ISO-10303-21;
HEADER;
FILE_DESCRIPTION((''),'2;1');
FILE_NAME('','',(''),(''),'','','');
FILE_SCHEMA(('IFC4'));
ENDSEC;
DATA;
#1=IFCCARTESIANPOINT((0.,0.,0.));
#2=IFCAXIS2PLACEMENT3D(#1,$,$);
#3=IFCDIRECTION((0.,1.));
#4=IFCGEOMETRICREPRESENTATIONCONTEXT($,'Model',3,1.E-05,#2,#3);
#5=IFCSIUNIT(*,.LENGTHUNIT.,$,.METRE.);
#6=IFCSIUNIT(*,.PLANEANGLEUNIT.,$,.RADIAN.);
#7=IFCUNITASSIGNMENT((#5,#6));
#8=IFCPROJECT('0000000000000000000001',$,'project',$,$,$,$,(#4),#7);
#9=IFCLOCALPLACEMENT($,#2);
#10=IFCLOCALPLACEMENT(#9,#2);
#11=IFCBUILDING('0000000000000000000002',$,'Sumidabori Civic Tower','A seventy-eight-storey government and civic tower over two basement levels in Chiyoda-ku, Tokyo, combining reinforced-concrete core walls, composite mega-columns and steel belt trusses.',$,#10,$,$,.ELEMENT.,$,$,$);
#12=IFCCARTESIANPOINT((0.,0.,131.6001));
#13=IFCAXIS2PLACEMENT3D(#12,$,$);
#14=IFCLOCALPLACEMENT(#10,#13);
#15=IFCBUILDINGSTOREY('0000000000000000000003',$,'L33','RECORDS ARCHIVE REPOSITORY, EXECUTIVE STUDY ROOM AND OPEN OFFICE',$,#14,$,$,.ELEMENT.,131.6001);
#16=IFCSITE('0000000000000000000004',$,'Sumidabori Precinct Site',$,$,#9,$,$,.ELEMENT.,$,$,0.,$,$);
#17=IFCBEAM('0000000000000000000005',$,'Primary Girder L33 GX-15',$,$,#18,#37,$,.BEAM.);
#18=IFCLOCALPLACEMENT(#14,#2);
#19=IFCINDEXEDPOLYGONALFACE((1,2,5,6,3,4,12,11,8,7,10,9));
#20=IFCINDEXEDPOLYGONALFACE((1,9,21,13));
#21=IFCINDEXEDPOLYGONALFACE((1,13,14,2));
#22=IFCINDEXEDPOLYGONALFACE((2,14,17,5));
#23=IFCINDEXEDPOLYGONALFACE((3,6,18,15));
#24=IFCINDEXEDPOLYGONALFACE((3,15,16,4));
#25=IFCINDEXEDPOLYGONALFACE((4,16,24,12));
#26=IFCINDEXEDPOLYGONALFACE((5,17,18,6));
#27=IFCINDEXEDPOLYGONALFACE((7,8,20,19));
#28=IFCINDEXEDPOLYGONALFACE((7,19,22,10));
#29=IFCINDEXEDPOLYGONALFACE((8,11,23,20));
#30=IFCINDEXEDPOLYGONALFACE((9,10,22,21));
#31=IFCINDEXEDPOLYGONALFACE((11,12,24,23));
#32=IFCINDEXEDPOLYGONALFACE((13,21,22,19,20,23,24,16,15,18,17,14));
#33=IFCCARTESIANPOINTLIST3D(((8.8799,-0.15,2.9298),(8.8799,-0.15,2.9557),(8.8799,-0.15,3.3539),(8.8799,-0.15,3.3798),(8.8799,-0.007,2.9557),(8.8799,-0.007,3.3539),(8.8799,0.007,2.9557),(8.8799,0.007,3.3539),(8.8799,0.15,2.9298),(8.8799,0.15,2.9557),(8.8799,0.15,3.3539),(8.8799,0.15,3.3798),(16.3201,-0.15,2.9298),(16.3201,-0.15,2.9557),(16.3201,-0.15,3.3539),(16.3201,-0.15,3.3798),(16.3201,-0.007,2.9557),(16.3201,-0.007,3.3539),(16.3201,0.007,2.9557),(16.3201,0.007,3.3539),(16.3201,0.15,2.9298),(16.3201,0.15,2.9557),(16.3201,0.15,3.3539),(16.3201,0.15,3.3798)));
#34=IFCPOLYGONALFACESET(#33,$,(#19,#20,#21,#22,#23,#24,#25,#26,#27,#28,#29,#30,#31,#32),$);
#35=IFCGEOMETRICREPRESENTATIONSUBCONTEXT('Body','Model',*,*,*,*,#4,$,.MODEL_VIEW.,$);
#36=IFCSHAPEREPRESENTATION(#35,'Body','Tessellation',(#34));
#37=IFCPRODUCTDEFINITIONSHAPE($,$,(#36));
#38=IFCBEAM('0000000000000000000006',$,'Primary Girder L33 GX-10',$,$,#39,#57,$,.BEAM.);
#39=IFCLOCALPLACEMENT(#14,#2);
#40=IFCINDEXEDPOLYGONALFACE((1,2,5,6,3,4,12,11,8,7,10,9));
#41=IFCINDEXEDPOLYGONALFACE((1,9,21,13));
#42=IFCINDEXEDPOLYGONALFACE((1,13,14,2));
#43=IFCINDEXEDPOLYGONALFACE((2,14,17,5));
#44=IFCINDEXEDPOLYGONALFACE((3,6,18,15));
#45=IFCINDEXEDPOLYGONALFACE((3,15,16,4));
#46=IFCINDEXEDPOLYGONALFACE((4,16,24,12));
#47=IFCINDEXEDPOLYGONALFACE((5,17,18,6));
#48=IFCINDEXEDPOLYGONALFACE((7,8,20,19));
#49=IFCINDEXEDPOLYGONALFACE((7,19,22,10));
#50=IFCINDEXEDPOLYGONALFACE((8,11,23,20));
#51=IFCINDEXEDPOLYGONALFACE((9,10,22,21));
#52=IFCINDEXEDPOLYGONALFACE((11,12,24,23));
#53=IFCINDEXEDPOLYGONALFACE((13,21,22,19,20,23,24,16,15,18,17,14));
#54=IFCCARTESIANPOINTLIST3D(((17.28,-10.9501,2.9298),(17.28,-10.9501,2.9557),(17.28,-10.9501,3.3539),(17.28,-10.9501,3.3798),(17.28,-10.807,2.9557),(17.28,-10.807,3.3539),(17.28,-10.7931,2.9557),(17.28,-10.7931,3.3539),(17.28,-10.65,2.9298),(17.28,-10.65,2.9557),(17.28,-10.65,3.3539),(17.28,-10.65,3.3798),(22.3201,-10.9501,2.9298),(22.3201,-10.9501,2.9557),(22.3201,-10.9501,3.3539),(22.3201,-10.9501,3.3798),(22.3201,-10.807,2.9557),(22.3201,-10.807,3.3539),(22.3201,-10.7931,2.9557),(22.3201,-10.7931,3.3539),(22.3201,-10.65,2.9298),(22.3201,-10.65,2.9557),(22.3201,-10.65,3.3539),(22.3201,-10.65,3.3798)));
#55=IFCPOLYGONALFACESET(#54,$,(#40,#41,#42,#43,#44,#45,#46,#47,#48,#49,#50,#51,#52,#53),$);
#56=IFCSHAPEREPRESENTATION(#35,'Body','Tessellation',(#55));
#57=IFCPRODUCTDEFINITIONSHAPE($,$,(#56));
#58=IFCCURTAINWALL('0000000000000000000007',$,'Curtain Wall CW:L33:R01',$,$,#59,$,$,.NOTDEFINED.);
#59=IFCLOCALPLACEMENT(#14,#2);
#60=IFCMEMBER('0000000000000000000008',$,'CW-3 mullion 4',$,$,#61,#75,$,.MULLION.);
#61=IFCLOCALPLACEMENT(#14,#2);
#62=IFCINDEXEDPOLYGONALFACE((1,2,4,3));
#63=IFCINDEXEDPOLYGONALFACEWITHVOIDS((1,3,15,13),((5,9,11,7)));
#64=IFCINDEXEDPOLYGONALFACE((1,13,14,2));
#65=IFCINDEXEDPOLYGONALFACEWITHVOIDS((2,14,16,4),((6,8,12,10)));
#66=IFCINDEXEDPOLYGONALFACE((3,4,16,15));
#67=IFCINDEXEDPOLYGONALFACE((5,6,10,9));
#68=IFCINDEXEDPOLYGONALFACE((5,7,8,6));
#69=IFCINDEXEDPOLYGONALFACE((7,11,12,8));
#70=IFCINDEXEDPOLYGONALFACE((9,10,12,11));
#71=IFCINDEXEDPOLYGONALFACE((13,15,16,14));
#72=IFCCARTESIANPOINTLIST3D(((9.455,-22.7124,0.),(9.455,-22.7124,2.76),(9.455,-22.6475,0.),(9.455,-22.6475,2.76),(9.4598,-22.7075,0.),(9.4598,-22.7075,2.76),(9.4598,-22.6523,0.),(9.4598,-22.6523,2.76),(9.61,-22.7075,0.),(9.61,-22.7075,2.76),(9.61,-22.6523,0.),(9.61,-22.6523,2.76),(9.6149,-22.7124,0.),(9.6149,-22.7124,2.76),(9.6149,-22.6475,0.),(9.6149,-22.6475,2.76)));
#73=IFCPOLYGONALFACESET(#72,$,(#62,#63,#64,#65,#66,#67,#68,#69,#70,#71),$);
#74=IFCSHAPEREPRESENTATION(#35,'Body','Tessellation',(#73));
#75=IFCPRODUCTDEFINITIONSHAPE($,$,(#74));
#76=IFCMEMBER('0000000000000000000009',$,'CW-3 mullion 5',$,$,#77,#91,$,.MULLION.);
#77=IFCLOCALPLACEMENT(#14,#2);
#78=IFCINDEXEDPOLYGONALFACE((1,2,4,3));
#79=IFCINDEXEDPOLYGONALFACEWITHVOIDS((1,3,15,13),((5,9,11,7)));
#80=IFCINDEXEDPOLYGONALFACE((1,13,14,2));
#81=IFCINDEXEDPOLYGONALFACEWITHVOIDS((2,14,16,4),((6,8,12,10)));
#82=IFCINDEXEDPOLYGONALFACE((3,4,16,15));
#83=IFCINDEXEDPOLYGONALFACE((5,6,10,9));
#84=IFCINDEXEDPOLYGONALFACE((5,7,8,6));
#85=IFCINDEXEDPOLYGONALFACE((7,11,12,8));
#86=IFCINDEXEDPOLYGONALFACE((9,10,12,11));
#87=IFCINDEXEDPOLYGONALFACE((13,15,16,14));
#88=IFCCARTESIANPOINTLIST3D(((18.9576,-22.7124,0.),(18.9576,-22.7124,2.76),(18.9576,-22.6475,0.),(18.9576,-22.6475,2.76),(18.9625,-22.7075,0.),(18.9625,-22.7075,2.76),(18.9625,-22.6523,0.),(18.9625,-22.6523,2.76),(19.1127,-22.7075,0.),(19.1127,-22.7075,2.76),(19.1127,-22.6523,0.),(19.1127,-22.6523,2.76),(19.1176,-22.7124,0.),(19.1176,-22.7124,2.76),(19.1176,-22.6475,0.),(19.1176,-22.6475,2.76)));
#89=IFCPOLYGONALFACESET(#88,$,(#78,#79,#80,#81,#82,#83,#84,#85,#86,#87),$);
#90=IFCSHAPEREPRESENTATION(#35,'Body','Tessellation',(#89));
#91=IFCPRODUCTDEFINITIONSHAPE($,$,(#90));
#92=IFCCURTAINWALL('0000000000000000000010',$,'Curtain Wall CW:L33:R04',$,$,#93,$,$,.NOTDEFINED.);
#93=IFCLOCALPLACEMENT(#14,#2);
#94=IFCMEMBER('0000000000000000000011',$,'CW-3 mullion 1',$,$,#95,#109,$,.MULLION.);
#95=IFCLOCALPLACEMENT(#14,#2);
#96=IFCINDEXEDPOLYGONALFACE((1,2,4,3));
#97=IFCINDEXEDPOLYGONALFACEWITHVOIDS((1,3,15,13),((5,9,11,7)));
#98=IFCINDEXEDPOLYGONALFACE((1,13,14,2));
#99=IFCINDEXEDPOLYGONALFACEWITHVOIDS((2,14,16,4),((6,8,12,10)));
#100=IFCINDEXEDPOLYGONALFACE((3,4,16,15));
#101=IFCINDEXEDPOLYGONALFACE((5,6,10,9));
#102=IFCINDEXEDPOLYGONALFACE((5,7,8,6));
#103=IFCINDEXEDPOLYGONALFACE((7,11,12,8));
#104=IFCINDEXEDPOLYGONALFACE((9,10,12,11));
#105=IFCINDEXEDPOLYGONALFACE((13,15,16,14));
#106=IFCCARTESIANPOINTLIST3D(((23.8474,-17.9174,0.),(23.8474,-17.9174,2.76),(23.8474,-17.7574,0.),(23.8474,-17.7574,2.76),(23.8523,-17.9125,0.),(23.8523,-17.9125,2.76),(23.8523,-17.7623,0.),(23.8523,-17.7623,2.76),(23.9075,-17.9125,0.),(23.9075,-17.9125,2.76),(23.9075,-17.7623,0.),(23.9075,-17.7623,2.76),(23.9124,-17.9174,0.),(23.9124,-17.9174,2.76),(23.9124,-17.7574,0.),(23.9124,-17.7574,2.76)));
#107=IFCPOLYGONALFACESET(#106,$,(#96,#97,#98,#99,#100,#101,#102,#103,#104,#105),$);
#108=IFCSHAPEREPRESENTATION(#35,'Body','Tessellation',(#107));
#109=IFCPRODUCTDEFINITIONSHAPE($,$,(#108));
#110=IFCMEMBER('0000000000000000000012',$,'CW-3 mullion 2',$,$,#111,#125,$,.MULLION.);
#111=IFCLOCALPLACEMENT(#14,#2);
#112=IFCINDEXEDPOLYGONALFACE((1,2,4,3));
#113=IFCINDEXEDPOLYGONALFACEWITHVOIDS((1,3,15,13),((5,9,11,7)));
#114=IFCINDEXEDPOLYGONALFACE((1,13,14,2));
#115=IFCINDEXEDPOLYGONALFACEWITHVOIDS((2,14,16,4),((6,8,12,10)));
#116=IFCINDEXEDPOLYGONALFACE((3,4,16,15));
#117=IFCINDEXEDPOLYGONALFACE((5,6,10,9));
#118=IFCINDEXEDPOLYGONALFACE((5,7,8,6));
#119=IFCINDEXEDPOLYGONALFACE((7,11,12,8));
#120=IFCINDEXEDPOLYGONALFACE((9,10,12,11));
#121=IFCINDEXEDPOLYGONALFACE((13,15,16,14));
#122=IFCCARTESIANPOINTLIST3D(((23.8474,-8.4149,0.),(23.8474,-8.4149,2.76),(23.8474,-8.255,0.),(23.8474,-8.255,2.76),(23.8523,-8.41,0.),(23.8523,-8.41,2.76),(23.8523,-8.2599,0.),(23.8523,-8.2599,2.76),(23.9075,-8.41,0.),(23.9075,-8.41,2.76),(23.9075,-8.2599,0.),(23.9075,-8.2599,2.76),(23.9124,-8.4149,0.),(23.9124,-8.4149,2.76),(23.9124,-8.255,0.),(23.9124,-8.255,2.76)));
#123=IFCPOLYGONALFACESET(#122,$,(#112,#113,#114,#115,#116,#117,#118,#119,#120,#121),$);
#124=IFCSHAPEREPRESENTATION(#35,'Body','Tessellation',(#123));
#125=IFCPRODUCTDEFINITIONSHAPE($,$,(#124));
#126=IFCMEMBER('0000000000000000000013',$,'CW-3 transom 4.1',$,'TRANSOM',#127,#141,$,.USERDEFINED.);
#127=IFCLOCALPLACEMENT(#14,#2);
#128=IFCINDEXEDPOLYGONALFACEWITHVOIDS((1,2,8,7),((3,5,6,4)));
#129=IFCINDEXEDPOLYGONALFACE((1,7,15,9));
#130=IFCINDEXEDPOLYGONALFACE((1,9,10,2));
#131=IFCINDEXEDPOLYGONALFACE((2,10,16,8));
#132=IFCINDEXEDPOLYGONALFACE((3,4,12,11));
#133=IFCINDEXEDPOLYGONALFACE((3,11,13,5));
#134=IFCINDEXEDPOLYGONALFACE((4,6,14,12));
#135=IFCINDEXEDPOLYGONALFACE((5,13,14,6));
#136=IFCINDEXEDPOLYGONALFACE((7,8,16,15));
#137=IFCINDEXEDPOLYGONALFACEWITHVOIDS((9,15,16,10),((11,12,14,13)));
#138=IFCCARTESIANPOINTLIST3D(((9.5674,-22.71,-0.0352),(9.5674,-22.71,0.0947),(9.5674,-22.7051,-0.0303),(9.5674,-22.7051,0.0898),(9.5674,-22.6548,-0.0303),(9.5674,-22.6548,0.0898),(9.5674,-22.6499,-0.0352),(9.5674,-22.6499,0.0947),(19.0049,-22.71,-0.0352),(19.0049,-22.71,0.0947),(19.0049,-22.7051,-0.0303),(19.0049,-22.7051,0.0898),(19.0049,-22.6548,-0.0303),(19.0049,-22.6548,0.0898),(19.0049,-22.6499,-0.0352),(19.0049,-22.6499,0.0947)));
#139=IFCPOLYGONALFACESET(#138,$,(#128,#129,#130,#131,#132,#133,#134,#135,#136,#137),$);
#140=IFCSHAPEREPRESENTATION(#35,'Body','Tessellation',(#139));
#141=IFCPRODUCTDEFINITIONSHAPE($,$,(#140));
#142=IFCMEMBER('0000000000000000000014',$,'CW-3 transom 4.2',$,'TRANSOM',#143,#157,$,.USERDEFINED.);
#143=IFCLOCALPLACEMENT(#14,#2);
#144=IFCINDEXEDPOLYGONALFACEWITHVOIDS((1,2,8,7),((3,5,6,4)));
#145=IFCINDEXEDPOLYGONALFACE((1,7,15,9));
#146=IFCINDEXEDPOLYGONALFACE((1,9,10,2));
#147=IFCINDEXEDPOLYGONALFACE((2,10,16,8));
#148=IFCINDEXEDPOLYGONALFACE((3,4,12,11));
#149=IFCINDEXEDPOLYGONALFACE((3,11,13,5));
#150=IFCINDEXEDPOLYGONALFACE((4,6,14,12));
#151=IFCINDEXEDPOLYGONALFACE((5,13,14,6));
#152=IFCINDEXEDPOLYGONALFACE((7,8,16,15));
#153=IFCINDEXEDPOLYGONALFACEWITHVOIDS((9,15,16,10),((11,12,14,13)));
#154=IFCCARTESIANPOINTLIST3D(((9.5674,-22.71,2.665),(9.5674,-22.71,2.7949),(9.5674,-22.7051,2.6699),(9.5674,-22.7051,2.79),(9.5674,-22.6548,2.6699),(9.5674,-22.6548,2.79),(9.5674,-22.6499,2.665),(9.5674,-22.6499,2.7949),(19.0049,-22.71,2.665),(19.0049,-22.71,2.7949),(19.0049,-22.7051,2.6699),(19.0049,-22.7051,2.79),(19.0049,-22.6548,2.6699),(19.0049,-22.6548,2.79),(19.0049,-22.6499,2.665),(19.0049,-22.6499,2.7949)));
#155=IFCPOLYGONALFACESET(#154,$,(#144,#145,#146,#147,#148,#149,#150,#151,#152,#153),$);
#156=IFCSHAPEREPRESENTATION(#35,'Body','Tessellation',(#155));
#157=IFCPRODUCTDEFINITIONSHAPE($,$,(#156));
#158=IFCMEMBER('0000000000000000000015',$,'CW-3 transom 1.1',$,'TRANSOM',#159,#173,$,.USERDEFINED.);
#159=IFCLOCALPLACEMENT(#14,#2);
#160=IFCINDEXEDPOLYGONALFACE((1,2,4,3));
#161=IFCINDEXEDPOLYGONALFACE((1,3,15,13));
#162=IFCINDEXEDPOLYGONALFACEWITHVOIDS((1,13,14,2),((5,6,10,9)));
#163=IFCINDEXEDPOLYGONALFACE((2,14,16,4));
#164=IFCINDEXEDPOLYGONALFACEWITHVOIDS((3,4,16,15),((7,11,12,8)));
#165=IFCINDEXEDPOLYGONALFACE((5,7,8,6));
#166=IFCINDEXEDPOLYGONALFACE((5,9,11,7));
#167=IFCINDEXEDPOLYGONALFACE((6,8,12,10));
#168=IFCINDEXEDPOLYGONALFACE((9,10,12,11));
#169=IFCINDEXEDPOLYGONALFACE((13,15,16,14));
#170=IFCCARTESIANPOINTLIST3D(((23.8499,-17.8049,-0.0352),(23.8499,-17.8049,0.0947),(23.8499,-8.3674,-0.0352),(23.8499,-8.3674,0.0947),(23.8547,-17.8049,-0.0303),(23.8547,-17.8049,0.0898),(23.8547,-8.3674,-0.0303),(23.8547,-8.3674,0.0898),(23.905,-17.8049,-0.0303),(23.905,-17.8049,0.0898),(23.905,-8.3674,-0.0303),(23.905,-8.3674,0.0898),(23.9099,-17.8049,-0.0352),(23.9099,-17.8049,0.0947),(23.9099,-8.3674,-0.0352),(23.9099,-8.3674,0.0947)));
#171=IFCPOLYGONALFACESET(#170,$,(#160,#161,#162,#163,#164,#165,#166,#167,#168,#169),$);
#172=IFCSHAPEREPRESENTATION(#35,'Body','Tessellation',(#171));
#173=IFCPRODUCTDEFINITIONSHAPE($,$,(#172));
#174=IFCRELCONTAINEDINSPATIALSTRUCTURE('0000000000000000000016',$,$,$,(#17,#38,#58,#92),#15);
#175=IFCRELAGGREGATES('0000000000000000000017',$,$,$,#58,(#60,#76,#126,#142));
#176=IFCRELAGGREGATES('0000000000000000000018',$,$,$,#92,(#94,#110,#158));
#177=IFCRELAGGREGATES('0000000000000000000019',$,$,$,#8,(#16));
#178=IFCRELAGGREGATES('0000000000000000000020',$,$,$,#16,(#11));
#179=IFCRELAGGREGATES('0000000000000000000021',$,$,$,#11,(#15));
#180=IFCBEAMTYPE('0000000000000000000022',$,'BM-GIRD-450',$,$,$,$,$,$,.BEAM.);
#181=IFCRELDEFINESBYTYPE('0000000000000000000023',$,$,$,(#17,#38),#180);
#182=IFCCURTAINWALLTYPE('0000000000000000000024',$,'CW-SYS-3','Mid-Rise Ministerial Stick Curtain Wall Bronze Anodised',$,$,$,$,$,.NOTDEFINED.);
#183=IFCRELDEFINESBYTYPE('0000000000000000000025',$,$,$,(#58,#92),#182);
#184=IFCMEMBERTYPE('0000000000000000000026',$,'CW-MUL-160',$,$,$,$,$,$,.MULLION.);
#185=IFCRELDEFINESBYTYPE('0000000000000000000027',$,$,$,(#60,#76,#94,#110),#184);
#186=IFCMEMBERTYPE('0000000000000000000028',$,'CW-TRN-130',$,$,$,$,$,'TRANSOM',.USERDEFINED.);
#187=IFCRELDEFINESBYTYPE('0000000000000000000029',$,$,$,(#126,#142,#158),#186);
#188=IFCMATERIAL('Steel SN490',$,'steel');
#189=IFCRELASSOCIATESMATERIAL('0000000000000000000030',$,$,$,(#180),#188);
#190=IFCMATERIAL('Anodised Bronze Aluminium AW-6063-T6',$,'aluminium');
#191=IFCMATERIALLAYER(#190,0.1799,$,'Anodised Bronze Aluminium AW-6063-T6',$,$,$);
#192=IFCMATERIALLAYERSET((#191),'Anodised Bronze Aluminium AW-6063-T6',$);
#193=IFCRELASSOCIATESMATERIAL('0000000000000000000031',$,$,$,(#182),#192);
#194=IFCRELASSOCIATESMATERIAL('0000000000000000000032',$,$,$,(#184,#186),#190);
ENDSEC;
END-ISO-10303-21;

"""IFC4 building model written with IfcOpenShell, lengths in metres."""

from ifc_helpers import new_model, si_unit, direction, frame, origin, origin_2d, place, context, subcontext, project, spatial, hollow_rectangle, i_section, extrude, source, transform, mapped, material, layer, layer_set, material_profile, profile_set, type_object, element, aggregate, save


model = new_model("IFC4")

# Units and contexts
model_context = context("Model", 3, precision=1e-05, world=origin(), true_north=direction((0.0, 1.0)))
body_context = subcontext(model_context, "Body", "Model", "MODEL_VIEW")
ifc_project = project(units=[si_unit("LENGTHUNIT", "METRE"), si_unit("PLANEANGLEUNIT", "RADIAN")], contexts=[model_context])

# Site, building, storey
site_placement = place(None, origin())
site = spatial("IfcSite", under=ifc_project, at=site_placement, Name="Sumidabori Precinct Site", CompositionType="ELEMENT", RefElevation=0.0)
building_placement = place(site_placement, origin())
building = spatial("IfcBuilding", under=site, at=building_placement, Name="Sumidabori Civic Tower", Description="A seventy-eight-storey government and civic tower over two basement levels in Chiyoda-ku, Tokyo, combining reinforced-concrete core walls, composite mega-columns and steel belt trusses.", CompositionType="ELEMENT")
storey_placement = place(building_placement, frame((0.0, 0.0, 131.6001)))
storey = spatial("IfcBuildingStorey", under=building, at=storey_placement, Name="L33", Description="RECORDS ARCHIVE REPOSITORY, EXECUTIVE STUDY ROOM AND OPEN OFFICE", CompositionType="ELEMENT", Elevation=131.6001)

# Beams
ifc_material_1 = material(Name="Steel SN490", Category="steel")
ifc_material_profile_1 = material_profile(ifc_material_1, i_section(OverallWidth=0.3, OverallDepth=0.45, WebThickness=0.0139, FlangeThickness=0.0259, at=origin_2d()), Name="HE 450 B")
ifc_profile_set_1 = profile_set([ifc_material_profile_1], Name="Steel SN490")
beam_type_1 = type_object("IfcBeamType", Name="BM-GIRD-450", PredefinedType="BEAM", material=ifc_profile_set_1)
shared_shape_1 = source(origin(), body_context, "Body", "SweptSolid", [
    extrude(i_section(OverallWidth=0.3, OverallDepth=0.45, WebThickness=0.0139, FlangeThickness=0.0259, at=origin_2d()), origin(), (0.0, 0.0, 1.0), 7.4402),
])
for number, where, z_axis, x_axis, name in (
    (1, (8.8799, 0.0, 3.1548), (1.0, 0.0, 0.0), (0.0, 1.0, 0.0), "Primary Girder L33 GX-15"),
):
    element("IfcBeam", number, at=place(storey_placement, frame(where, z_axis=z_axis, x_axis=x_axis)), inside=storey, type_object=beam_type_1, Name=name, PredefinedType="BEAM", context=body_context, shape_type="MappedRepresentation", body=[
        mapped(shared_shape_1, transform((0.0, 0.0, 0.0), x_axis=(1.0, 0.0, 0.0), y_axis=(0.0, 1.0, 0.0), z_axis=(0.0, 0.0, 1.0), scale=1.0)),
    ])
shared_shape_2 = source(origin(), body_context, "Body", "SweptSolid", [
    extrude(i_section(OverallWidth=0.3, OverallDepth=0.45, WebThickness=0.0139, FlangeThickness=0.0259, at=origin_2d()), origin(), (0.0, 0.0, 1.0), 5.04),
])
beam_1_placement = place(storey_placement, frame((17.28, -10.8, 3.1548), z_axis=(1.0, 0.0, 0.0), x_axis=(0.0, 1.0, 0.0)))
element("IfcBeam", 2, at=beam_1_placement, inside=storey, type_object=beam_type_1, Name="Primary Girder L33 GX-10", PredefinedType="BEAM", context=body_context, shape_type="MappedRepresentation", body=[
    mapped(shared_shape_2, transform((0.0, 0.0, 0.0), x_axis=(1.0, 0.0, 0.0), y_axis=(0.0, 1.0, 0.0), z_axis=(0.0, 0.0, 1.0), scale=1.0)),
])

# Curtain walls, members
ifc_material_2 = material(Name="Anodised Bronze Aluminium AW-6063-T6", Category="aluminium")
ifc_layer_1 = layer(ifc_material_2, 0.1799, Name="Anodised Bronze Aluminium AW-6063-T6")
ifc_layer_set_1 = layer_set([ifc_layer_1], Name="Anodised Bronze Aluminium AW-6063-T6")
curtain_wall_type = type_object("IfcCurtainWallType", Name="CW-SYS-3", Description="Mid-Rise Ministerial Stick Curtain Wall Bronze Anodised", PredefinedType="NOTDEFINED", material=ifc_layer_set_1)
curtain_wall_1_placement = place(storey_placement, origin())
curtain_wall_1 = element("IfcCurtainWall", 3, at=curtain_wall_1_placement, inside=storey, type_object=curtain_wall_type, Name="Curtain Wall CW:L33:R01", PredefinedType="NOTDEFINED")
ifc_material_profile_2 = material_profile(ifc_material_2, hollow_rectangle(XDim=0.0649, YDim=0.1599, WallThickness=0.0049, at=origin_2d()), Name="ALU MULLION 160x65")
ifc_profile_set_2 = profile_set([ifc_material_profile_2], Name="Anodised Bronze Aluminium AW-6063-T6")
member_type_1 = type_object("IfcMemberType", Name="CW-MUL-160", PredefinedType="MULLION", material=ifc_profile_set_2)
shared_shape_3 = source(origin(), body_context, "Body", "SweptSolid", [
    extrude(hollow_rectangle(XDim=0.0649, YDim=0.1599, WallThickness=0.0049, at=origin_2d()), origin(), (0.0, 0.0, 1.0), 2.76),
])
member_1_placement = place(storey_placement, frame((9.5349, -22.6799, 0.0), z_axis=(0.0, 0.0, 1.0), x_axis=(0.0, 1.0, 0.0)))
member_1 = element("IfcMember", 4, at=member_1_placement, type_object=member_type_1, Name="CW-3 mullion 4", PredefinedType="MULLION", context=body_context, shape_type="MappedRepresentation", body=[
    mapped(shared_shape_3, transform((0.0, 0.0, 0.0), x_axis=(1.0, 0.0, 0.0), y_axis=(0.0, 1.0, 0.0), z_axis=(0.0, 0.0, 1.0), scale=1.0)),
])
member_2_placement = place(storey_placement, frame((19.0376, -22.6799, 0.0), z_axis=(0.0, 0.0, 1.0), x_axis=(0.0, 1.0, 0.0)))
member_2 = element("IfcMember", 5, at=member_2_placement, type_object=member_type_1, Name="CW-3 mullion 5", PredefinedType="MULLION", context=body_context, shape_type="MappedRepresentation", body=[
    mapped(shared_shape_3, transform((0.0, 0.0, 0.0), x_axis=(1.0, 0.0, 0.0), y_axis=(0.0, 1.0, 0.0), z_axis=(0.0, 0.0, 1.0), scale=1.0)),
])
curtain_wall_2_placement = place(storey_placement, origin())
curtain_wall_2 = element("IfcCurtainWall", 6, at=curtain_wall_2_placement, inside=storey, type_object=curtain_wall_type, Name="Curtain Wall CW:L33:R04", PredefinedType="NOTDEFINED")
member_3_placement = place(storey_placement, frame((23.8799, -17.8374, 0.0), z_axis=(0.0, 0.0, 1.0), x_axis=(-1.0, 0.0, 0.0)))
member_3 = element("IfcMember", 7, at=member_3_placement, type_object=member_type_1, Name="CW-3 mullion 1", PredefinedType="MULLION", context=body_context, shape_type="MappedRepresentation", body=[
    mapped(shared_shape_3, transform((0.0, 0.0, 0.0), x_axis=(1.0, 0.0, 0.0), y_axis=(0.0, 1.0, 0.0), z_axis=(0.0, 0.0, 1.0), scale=1.0)),
])
member_4_placement = place(storey_placement, frame((23.8799, -8.335, 0.0), z_axis=(0.0, 0.0, 1.0), x_axis=(-1.0, 0.0, 0.0)))
member_4 = element("IfcMember", 8, at=member_4_placement, type_object=member_type_1, Name="CW-3 mullion 2", PredefinedType="MULLION", context=body_context, shape_type="MappedRepresentation", body=[
    mapped(shared_shape_3, transform((0.0, 0.0, 0.0), x_axis=(1.0, 0.0, 0.0), y_axis=(0.0, 1.0, 0.0), z_axis=(0.0, 0.0, 1.0), scale=1.0)),
])

# Members
ifc_material_profile_3 = material_profile(ifc_material_2, hollow_rectangle(XDim=0.0601, YDim=0.1299, WallThickness=0.0049, at=origin_2d()), Name="ALU TRANSOM 130x60")
ifc_profile_set_3 = profile_set([ifc_material_profile_3], Name="Anodised Bronze Aluminium AW-6063-T6")
member_type_2 = type_object("IfcMemberType", Name="CW-TRN-130", ElementType="TRANSOM", PredefinedType="USERDEFINED", material=ifc_profile_set_3)
shared_shape_4 = source(origin(), body_context, "Body", "SweptSolid", [
    extrude(hollow_rectangle(XDim=0.0601, YDim=0.1299, WallThickness=0.0049, at=origin_2d()), origin(), (0.0, 0.0, 1.0), 9.4375),
])
member_5_placement = place(storey_placement, frame((9.5674, -22.6799, 0.0298), z_axis=(1.0, 0.0, 0.0), x_axis=(0.0, 1.0, 0.0)))
member_5 = element("IfcMember", 9, at=member_5_placement, type_object=member_type_2, Name="CW-3 transom 4.1", ObjectType="TRANSOM", PredefinedType="USERDEFINED", context=body_context, shape_type="MappedRepresentation", body=[
    mapped(shared_shape_4, transform((0.0, 0.0, 0.0), x_axis=(1.0, 0.0, 0.0), y_axis=(0.0, 1.0, 0.0), z_axis=(0.0, 0.0, 1.0), scale=1.0)),
])
member_6_placement = place(storey_placement, frame((9.5674, -22.6799, 2.73), z_axis=(1.0, 0.0, 0.0), x_axis=(0.0, 1.0, 0.0)))
member_6 = element("IfcMember", 10, at=member_6_placement, type_object=member_type_2, Name="CW-3 transom 4.2", ObjectType="TRANSOM", PredefinedType="USERDEFINED", context=body_context, shape_type="MappedRepresentation", body=[
    mapped(shared_shape_4, transform((0.0, 0.0, 0.0), x_axis=(1.0, 0.0, 0.0), y_axis=(0.0, 1.0, 0.0), z_axis=(0.0, 0.0, 1.0), scale=1.0)),
])
member_7_placement = place(storey_placement, frame((23.8799, -17.8049, 0.0298), z_axis=(0.0, 1.0, 0.0), x_axis=(-1.0, 0.0, 0.0)))
member_7 = element("IfcMember", 11, at=member_7_placement, type_object=member_type_2, Name="CW-3 transom 1.1", ObjectType="TRANSOM", PredefinedType="USERDEFINED", context=body_context, shape_type="MappedRepresentation", body=[
    mapped(shared_shape_4, transform((0.0, 0.0, 0.0), x_axis=(1.0, 0.0, 0.0), y_axis=(0.0, 1.0, 0.0), z_axis=(0.0, 0.0, 1.0), scale=1.0)),
])

aggregate(curtain_wall_1, [member_1, member_2, member_5, member_6])
aggregate(curtain_wall_2, [member_3, member_4, member_7])

save(model, "model.ifc")
